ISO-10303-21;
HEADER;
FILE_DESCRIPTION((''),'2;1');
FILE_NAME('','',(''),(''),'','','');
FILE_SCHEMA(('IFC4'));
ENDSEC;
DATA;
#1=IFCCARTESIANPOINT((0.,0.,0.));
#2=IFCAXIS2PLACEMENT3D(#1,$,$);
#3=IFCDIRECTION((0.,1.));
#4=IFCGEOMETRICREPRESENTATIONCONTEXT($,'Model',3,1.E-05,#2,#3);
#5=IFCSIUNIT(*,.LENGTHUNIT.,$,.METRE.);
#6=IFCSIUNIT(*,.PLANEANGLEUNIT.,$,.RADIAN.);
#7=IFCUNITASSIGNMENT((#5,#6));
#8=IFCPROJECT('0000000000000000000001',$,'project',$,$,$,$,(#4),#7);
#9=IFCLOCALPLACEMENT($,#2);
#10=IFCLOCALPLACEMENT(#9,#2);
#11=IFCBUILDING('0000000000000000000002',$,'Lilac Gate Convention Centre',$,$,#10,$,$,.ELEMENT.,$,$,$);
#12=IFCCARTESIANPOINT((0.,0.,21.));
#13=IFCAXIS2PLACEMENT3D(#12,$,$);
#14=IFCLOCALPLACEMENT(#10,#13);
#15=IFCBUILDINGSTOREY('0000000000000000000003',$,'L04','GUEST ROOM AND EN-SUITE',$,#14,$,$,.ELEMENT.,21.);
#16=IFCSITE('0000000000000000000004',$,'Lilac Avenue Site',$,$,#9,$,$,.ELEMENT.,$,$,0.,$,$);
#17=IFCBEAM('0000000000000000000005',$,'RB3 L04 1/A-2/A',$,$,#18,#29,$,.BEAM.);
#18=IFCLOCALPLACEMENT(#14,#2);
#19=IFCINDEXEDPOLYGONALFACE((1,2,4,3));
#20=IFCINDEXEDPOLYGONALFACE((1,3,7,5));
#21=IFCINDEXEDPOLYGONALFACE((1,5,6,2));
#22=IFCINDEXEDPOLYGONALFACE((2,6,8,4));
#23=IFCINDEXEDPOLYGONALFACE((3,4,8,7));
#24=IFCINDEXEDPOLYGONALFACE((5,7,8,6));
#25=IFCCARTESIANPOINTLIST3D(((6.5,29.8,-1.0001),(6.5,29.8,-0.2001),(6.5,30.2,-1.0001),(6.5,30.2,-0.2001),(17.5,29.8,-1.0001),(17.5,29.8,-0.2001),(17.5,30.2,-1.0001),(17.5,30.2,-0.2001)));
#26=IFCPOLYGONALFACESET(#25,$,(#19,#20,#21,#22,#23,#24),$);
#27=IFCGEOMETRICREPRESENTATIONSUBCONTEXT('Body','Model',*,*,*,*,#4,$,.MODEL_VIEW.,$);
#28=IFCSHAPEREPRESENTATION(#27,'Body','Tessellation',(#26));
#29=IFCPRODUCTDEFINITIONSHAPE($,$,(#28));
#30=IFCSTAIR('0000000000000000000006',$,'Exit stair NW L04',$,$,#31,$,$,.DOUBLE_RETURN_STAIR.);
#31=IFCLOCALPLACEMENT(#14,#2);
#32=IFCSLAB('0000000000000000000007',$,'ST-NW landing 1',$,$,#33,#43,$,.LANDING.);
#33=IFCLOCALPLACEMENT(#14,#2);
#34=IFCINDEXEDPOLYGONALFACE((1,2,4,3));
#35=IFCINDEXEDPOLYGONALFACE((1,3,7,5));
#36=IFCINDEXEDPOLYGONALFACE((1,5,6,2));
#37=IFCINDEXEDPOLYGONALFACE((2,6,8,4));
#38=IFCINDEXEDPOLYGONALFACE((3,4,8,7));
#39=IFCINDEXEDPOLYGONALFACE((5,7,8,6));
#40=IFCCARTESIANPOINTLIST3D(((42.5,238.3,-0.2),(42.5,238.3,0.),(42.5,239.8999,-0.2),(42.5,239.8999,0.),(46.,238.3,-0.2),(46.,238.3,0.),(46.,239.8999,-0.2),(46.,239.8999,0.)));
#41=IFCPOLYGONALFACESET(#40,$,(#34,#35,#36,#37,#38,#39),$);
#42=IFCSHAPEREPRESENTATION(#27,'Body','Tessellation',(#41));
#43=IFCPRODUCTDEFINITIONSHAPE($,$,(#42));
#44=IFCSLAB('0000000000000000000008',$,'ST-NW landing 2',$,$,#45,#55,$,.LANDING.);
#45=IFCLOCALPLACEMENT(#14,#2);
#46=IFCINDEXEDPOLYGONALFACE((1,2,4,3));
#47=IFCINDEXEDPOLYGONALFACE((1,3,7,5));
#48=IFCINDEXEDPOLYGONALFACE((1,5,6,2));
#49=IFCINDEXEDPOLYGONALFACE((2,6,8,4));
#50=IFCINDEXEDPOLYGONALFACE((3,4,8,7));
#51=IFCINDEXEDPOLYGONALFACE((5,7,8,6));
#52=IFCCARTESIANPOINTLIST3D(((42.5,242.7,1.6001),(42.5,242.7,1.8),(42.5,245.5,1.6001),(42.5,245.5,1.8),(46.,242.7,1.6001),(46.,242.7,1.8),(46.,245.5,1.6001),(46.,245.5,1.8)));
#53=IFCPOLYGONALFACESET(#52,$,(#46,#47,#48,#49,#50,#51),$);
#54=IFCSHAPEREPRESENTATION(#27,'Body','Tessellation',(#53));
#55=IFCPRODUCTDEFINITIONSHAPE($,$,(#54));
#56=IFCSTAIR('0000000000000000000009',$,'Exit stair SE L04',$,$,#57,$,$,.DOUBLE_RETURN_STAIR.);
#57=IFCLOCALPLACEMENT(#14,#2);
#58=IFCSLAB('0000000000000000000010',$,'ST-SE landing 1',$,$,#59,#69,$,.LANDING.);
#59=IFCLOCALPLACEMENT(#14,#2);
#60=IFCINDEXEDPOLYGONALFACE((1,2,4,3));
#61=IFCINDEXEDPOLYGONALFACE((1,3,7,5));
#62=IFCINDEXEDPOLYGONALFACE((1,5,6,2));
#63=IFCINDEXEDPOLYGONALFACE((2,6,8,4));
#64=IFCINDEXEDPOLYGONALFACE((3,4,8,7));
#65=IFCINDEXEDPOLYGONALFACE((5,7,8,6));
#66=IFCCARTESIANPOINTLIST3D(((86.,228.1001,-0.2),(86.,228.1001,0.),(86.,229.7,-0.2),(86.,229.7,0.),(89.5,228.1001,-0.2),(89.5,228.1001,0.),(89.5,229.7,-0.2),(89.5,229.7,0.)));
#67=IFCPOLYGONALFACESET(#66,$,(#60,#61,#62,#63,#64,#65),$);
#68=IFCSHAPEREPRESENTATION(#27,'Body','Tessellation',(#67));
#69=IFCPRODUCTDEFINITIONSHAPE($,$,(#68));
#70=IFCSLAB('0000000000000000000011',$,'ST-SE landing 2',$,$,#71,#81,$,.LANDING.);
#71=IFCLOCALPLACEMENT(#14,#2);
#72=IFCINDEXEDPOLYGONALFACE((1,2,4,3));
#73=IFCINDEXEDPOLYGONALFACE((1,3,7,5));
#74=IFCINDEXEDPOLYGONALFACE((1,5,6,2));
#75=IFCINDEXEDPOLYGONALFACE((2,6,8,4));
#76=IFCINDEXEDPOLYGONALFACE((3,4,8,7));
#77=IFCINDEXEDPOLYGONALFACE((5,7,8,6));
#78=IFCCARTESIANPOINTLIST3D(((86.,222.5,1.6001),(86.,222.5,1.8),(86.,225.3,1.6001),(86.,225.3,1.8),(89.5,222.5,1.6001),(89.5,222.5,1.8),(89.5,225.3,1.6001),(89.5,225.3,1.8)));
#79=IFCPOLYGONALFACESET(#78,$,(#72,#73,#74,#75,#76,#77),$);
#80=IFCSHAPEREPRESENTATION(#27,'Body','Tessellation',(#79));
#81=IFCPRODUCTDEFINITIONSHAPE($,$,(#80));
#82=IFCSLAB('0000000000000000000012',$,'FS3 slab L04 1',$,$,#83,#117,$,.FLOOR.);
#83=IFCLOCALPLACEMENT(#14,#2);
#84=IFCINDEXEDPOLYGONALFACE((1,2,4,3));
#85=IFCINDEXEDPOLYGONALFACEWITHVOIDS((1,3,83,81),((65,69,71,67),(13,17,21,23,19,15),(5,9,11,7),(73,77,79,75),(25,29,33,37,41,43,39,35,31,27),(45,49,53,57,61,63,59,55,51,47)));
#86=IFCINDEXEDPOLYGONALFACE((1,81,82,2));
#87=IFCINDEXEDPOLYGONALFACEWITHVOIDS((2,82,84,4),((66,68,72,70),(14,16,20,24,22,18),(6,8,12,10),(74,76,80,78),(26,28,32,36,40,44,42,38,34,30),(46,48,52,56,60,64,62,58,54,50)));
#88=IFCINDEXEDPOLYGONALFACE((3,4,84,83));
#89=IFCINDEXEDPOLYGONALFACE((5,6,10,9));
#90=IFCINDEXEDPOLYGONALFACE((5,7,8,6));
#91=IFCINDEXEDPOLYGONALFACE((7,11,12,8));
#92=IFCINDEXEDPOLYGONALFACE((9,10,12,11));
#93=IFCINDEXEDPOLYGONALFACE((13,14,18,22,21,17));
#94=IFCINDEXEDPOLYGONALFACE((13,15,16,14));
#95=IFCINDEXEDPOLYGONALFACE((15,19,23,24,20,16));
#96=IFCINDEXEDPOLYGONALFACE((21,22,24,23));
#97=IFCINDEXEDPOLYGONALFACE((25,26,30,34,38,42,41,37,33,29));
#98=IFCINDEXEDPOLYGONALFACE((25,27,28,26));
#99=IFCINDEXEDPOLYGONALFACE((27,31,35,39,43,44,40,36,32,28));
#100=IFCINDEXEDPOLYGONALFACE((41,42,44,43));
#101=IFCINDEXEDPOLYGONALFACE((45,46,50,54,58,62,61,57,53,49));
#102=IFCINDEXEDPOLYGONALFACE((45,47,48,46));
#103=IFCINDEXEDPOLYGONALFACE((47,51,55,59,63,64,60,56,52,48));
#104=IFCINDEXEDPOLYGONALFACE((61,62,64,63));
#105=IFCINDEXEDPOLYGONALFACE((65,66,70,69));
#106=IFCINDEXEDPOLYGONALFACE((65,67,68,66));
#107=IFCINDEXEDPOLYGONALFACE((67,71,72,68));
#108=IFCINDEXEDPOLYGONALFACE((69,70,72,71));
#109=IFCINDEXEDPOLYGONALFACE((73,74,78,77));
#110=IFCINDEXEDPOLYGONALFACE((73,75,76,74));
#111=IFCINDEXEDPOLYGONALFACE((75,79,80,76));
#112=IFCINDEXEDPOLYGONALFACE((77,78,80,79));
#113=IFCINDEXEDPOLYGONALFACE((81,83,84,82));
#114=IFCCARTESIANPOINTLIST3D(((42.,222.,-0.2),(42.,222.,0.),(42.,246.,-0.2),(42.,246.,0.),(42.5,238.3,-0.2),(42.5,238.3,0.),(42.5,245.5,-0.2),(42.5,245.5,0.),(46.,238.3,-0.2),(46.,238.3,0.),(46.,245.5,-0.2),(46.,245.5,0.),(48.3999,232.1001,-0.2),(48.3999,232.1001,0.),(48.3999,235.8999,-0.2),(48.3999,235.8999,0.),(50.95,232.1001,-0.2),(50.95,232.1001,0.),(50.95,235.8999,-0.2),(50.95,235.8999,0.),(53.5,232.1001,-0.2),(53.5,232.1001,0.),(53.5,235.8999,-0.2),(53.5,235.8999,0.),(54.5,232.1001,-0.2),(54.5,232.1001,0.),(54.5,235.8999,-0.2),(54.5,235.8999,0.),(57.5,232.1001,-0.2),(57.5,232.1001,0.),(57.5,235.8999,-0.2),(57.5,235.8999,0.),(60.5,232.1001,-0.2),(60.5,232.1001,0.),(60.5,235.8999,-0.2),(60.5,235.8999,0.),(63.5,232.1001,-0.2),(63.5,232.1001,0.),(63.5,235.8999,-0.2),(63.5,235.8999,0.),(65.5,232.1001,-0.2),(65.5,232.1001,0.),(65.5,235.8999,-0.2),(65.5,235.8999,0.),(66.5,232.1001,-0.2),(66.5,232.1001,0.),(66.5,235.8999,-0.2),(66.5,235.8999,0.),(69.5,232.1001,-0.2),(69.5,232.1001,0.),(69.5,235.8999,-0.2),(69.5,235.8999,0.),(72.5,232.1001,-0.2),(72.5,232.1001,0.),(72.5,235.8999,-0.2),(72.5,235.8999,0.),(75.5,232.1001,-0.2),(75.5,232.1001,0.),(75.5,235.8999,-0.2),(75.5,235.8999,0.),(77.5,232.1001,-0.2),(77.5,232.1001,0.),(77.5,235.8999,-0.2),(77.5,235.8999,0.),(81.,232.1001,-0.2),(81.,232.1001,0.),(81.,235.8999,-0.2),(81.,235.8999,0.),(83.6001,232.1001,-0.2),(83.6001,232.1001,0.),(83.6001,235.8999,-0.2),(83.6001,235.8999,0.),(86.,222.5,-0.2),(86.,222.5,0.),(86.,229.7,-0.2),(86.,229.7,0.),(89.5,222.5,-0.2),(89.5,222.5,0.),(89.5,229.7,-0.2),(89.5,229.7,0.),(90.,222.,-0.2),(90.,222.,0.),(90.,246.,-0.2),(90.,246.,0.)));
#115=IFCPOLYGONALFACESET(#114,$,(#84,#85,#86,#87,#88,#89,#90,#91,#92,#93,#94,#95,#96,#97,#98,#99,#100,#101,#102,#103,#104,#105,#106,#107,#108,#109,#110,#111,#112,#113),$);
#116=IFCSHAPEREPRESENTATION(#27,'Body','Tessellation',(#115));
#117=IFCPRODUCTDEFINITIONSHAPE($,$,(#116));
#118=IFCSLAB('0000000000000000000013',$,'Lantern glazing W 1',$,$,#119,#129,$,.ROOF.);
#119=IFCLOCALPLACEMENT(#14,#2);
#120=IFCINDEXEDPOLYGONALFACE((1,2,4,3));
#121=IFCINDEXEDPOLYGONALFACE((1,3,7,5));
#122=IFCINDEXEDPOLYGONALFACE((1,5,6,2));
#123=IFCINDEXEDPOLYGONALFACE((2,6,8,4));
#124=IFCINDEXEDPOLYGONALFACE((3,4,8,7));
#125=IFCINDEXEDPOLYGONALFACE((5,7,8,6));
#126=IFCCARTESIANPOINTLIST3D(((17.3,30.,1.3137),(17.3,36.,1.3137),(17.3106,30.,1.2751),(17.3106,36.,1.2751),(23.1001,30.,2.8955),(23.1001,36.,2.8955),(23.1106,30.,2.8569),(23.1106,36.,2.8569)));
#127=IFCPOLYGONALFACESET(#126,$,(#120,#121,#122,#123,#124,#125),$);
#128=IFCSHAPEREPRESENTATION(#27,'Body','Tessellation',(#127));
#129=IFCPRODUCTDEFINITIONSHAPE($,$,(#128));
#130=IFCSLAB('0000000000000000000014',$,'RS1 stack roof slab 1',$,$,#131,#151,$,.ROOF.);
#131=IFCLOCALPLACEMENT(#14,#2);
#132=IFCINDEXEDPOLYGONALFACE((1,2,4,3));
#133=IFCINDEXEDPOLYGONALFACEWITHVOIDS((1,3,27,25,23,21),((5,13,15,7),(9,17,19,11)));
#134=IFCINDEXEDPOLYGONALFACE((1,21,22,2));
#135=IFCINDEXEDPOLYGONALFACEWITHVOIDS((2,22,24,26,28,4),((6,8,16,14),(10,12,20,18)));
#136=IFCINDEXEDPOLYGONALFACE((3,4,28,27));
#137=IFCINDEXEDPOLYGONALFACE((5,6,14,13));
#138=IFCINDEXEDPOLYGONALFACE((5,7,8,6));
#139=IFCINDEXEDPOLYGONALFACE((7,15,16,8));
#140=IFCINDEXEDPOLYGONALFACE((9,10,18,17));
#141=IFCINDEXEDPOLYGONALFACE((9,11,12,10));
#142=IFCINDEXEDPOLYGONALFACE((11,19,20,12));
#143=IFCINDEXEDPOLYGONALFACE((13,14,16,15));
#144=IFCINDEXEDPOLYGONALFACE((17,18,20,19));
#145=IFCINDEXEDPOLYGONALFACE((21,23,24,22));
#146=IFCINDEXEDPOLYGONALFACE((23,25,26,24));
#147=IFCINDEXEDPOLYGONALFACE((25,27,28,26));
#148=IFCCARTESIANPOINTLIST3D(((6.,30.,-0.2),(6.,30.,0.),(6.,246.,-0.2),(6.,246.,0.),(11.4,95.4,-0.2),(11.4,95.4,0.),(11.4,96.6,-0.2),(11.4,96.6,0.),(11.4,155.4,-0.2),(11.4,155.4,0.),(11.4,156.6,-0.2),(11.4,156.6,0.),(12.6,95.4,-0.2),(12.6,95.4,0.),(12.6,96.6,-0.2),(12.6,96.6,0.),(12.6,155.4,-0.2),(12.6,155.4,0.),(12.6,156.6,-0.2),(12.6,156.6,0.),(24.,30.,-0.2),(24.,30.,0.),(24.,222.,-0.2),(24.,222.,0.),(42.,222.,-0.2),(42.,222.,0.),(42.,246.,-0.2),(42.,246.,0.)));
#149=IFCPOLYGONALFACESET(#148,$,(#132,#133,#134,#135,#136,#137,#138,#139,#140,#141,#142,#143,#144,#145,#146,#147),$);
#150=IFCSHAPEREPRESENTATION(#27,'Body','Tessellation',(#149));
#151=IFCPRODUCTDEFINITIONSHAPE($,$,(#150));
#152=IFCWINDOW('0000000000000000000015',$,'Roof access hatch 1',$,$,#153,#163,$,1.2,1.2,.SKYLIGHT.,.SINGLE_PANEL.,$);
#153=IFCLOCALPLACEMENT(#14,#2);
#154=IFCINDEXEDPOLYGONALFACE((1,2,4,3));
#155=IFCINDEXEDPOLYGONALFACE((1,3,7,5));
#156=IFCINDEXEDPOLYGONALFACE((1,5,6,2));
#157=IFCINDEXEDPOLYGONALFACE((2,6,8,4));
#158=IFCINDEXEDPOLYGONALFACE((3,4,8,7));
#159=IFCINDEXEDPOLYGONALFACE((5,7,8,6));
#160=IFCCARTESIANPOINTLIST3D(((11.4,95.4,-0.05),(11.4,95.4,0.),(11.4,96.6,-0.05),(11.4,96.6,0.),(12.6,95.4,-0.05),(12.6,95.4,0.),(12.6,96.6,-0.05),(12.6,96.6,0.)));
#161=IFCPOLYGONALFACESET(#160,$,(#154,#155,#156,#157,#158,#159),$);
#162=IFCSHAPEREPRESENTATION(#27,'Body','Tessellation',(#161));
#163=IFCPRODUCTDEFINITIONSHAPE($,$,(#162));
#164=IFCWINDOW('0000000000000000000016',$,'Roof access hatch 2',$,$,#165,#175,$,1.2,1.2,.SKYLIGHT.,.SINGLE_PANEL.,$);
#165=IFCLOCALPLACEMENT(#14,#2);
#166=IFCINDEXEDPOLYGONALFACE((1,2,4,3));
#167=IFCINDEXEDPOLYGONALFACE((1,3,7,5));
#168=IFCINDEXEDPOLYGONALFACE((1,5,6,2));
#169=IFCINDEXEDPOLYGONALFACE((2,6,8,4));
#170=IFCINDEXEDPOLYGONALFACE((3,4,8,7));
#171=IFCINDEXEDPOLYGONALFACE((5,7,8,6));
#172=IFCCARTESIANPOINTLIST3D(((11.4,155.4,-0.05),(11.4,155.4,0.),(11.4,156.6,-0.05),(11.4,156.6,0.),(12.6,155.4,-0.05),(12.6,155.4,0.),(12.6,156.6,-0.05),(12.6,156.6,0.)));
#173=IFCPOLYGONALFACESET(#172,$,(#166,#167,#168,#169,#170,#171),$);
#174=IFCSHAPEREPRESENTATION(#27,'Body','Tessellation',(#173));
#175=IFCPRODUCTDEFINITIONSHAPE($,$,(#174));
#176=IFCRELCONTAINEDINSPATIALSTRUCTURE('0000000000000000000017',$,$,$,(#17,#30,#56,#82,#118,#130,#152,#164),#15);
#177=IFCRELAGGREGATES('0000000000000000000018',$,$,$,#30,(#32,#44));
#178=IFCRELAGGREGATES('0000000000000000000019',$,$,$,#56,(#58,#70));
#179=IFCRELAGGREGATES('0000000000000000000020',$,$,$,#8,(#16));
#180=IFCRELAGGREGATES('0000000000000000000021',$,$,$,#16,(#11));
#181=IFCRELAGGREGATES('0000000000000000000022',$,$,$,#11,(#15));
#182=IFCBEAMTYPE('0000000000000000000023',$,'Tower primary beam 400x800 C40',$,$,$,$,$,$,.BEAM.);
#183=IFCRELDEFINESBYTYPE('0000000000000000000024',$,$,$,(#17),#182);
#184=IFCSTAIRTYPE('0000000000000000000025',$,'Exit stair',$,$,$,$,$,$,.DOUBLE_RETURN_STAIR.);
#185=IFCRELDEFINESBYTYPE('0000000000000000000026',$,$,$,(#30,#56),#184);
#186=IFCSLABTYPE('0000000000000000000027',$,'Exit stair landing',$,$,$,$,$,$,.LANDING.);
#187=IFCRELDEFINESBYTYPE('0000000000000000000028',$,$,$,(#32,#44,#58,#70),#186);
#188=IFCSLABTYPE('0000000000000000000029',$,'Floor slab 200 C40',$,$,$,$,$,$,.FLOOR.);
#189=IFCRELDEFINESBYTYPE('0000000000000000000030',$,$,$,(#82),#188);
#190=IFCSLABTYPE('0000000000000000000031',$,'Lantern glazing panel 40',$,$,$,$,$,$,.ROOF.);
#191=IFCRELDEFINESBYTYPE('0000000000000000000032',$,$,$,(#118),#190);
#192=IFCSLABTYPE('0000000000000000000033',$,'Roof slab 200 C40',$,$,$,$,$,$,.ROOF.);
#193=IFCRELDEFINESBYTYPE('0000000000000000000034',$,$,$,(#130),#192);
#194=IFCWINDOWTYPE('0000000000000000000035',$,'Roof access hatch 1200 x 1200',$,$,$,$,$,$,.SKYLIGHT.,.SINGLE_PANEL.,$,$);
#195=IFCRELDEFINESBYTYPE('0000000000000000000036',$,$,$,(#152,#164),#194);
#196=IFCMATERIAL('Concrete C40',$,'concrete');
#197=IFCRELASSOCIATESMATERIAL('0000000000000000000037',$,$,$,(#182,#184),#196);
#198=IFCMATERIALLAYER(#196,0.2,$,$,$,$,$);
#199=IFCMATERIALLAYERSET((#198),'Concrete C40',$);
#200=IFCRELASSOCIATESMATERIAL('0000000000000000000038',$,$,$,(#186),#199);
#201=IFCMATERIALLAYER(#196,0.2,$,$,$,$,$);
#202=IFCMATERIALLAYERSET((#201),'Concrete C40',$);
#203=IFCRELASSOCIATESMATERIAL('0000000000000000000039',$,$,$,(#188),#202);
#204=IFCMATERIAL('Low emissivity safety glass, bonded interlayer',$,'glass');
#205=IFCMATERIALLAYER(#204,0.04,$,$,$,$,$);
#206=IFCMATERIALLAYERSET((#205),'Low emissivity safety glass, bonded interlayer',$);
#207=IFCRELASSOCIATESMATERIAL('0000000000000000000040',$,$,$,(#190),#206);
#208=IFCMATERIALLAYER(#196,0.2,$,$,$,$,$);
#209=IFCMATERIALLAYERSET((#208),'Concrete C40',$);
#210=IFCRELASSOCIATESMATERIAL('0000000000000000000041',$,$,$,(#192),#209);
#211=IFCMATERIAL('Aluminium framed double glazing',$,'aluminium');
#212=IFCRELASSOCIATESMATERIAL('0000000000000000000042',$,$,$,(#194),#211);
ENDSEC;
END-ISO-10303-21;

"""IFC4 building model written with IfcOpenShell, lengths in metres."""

from ifc_helpers import new_model, si_unit, direction, frame, origin, origin_2d, place, context, subcontext, project, spatial, polyline, rectangle, outline, extrude, material, layer, layer_set, material_profile, profile_set, type_object, element, fill, aggregate, save


model = new_model("IFC4")

# Units and contexts
model_context = context("Model", 3, precision=1e-05, world=origin(), true_north=direction((0.0, 1.0)))
body_context = subcontext(model_context, "Body", "Model", "MODEL_VIEW")
ifc_project = project(units=[si_unit("LENGTHUNIT", "METRE"), si_unit("PLANEANGLEUNIT", "RADIAN")], contexts=[model_context])

# Site, building, storey
site_placement = place(None, origin())
site = spatial("IfcSite", under=ifc_project, at=site_placement, Name="Lilac Avenue Site", CompositionType="ELEMENT", RefElevation=0.0)
building_placement = place(site_placement, origin())
building = spatial("IfcBuilding", under=site, at=building_placement, Name="Lilac Gate Convention Centre", CompositionType="ELEMENT")
storey_placement = place(building_placement, frame((0.0, 0.0, 21.0)))
storey = spatial("IfcBuildingStorey", under=building, at=storey_placement, Name="L04", Description="GUEST ROOM AND EN-SUITE", CompositionType="ELEMENT", Elevation=21.0)

# Beam
ifc_material_1 = material(Name="Concrete C40", Category="concrete")
ifc_material_profile_1 = material_profile(ifc_material_1, rectangle(XDim=0.3999, YDim=0.8, at=origin_2d()), Name="RC 400x800")
ifc_profile_set_1 = profile_set([ifc_material_profile_1], Name="Concrete C40")
beam_type_1 = type_object("IfcBeamType", Name="Tower primary beam 400x800 C40", PredefinedType="BEAM", material=ifc_profile_set_1)
beam_1_placement = place(storey_placement, frame((6.5, 30.0, -0.6001), z_axis=(1.0, 0.0, 0.0), x_axis=(0.0, 1.0, 0.0)))
element("IfcBeam", 1, at=beam_1_placement, inside=storey, type_object=beam_type_1, Name="RB3 L04 1/A-2/A", PredefinedType="BEAM", context=body_context, shape_type="SweptSolid", body=[
    extrude(rectangle(XDim=0.3999, YDim=0.8, at=origin_2d()), origin(), (0.0, 0.0, 1.0), 11.0),
])

# Stairs, slabs
stair_type = type_object("IfcStairType", Name="Exit stair", PredefinedType="DOUBLE_RETURN_STAIR", material=ifc_material_1)
stair_1_placement = place(storey_placement, origin())
stair_1 = element("IfcStair", 2, at=stair_1_placement, inside=storey, type_object=stair_type, Name="Exit stair NW L04", PredefinedType="DOUBLE_RETURN_STAIR")
ifc_layer_1 = layer(ifc_material_1, 0.2)
ifc_layer_set_1 = layer_set([ifc_layer_1], Name="Concrete C40")
slab_type_1 = type_object("IfcSlabType", Name="Exit stair landing", PredefinedType="LANDING", material=ifc_layer_set_1)
slab_1_placement = place(storey_placement, frame((0.0, 0.0, -0.2)))
slab_1 = element("IfcSlab", 3, at=slab_1_placement, type_object=slab_type_1, Name="ST-NW landing 1", PredefinedType="LANDING", context=body_context, shape_type="SweptSolid", body=[
    extrude(outline(polyline([(42.5, 238.3), (46.0, 238.3), (46.0, 239.8999), (42.5, 239.8999), (42.5, 238.3)])), origin(), (0.0, 0.0, 1.0), 0.2),
])
slab_2_placement = place(storey_placement, frame((0.0, 0.0, 1.6001)))
slab_2 = element("IfcSlab", 4, at=slab_2_placement, type_object=slab_type_1, Name="ST-NW landing 2", PredefinedType="LANDING", context=body_context, shape_type="SweptSolid", body=[
    extrude(outline(polyline([(42.5, 242.7), (46.0, 242.7), (46.0, 245.5), (42.5, 245.5), (42.5, 242.7)])), origin(), (0.0, 0.0, 1.0), 0.2),
])
aggregate(stair_1, [slab_1, slab_2])
stair_2_placement = place(storey_placement, origin())
stair_2 = element("IfcStair", 5, at=stair_2_placement, inside=storey, type_object=stair_type, Name="Exit stair SE L04", PredefinedType="DOUBLE_RETURN_STAIR")
slab_3_placement = place(storey_placement, frame((0.0, 0.0, -0.2)))
slab_3 = element("IfcSlab", 6, at=slab_3_placement, type_object=slab_type_1, Name="ST-SE landing 1", PredefinedType="LANDING", context=body_context, shape_type="SweptSolid", body=[
    extrude(outline(polyline([(86.0, 228.1001), (89.5, 228.1001), (89.5, 229.7), (86.0, 229.7), (86.0, 228.1001)])), origin(), (0.0, 0.0, 1.0), 0.2),
])
slab_4_placement = place(storey_placement, frame((0.0, 0.0, 1.6001)))
slab_4 = element("IfcSlab", 7, at=slab_4_placement, type_object=slab_type_1, Name="ST-SE landing 2", PredefinedType="LANDING", context=body_context, shape_type="SweptSolid", body=[
    extrude(outline(polyline([(86.0, 222.5), (89.5, 222.5), (89.5, 225.3), (86.0, 225.3), (86.0, 222.5)])), origin(), (0.0, 0.0, 1.0), 0.2),
])
aggregate(stair_2, [slab_3, slab_4])

# Slabs
ifc_layer_2 = layer(ifc_material_1, 0.2)
ifc_layer_set_2 = layer_set([ifc_layer_2], Name="Concrete C40")
slab_type_2 = type_object("IfcSlabType", Name="Floor slab 200 C40", PredefinedType="FLOOR", material=ifc_layer_set_2)
slab_5_placement = place(storey_placement, frame((0.0, 0.0, -0.2)))
element("IfcSlab", 8, at=slab_5_placement, inside=storey, type_object=slab_type_2, Name="FS3 slab L04 1", PredefinedType="FLOOR", context=body_context, shape_type="SweptSolid", body=[
    extrude(outline(polyline([(42.0, 222.0), (42.0, 246.0), (90.0, 246.0), (90.0, 222.0), (42.0, 222.0)]), holes=[polyline([(48.3999, 235.8999), (48.3999, 232.1001), (50.95, 232.1001), (53.5, 232.1001), (53.5, 235.8999), (50.95, 235.8999), (48.3999, 235.8999)]), polyline([(57.5, 235.8999), (54.5, 235.8999), (54.5, 232.1001), (57.5, 232.1001), (60.5, 232.1001), (63.5, 232.1001), (65.5, 232.1001), (65.5, 235.8999), (63.5, 235.8999), (60.5, 235.8999), (57.5, 235.8999)]), polyline([(42.5, 245.5), (42.5, 238.3), (46.0, 238.3), (46.0, 245.5), (42.5, 245.5)]), polyline([(89.5, 229.7), (86.0, 229.7), (86.0, 222.5), (89.5, 222.5), (89.5, 229.7)]), polyline([(69.5, 235.8999), (66.5, 235.8999), (66.5, 232.1001), (69.5, 232.1001), (72.5, 232.1001), (75.5, 232.1001), (77.5, 232.1001), (77.5, 235.8999), (75.5, 235.8999), (72.5, 235.8999), (69.5, 235.8999)]), polyline([(83.6001, 235.8999), (81.0, 235.8999), (81.0, 232.1001), (83.6001, 232.1001), (83.6001, 235.8999)])]), origin(), (0.0, 0.0, 1.0), 0.2),
])
ifc_material_2 = material(Name="Low emissivity safety glass, bonded interlayer", Category="glass")
ifc_layer_3 = layer(ifc_material_2, 0.04)
ifc_layer_set_3 = layer_set([ifc_layer_3], Name="Low emissivity safety glass, bonded interlayer")
slab_type_3 = type_object("IfcSlabType", Name="Lantern glazing panel 40", PredefinedType="ROOF", material=ifc_layer_set_3)
slab_6_placement = place(storey_placement, frame((17.3, 30.0, 1.3137), z_axis=(-0.263111, 0.0, 0.964766), x_axis=(0.964766, 0.0, 0.263111)))
element("IfcSlab", 9, at=slab_6_placement, inside=storey, type_object=slab_type_3, Name="Lantern glazing W 1", PredefinedType="ROOF", context=body_context, shape_type="SweptSolid", body=[
    extrude(outline(polyline([(0.0, 0.0), (6.0119, 0.0), (6.0119, 6.0), (0.0, 6.0), (0.0, 0.0)])), origin(), (0.0, 0.0, -1.0), 0.04),
])

# Slab, openings, windows
ifc_layer_4 = layer(ifc_material_1, 0.2)
ifc_layer_set_4 = layer_set([ifc_layer_4], Name="Concrete C40")
slab_type_4 = type_object("IfcSlabType", Name="Roof slab 200 C40", PredefinedType="ROOF", material=ifc_layer_set_4)
slab_7_placement = place(storey_placement, frame((0.0, 0.0, -0.2)))
slab_7 = element("IfcSlab", 10, at=slab_7_placement, inside=storey, type_object=slab_type_4, Name="RS1 stack roof slab 1", PredefinedType="ROOF", context=body_context, shape_type="SweptSolid", body=[
    extrude(outline(polyline([(6.0, 30.0), (6.0, 222.0), (6.0, 246.0), (42.0, 246.0), (42.0, 222.0), (24.0, 222.0), (24.0, 30.0), (18.0, 30.0), (6.0, 30.0)])), origin(), (0.0, 0.0, 1.0), 0.2),
])
opening_1_placement = place(slab_7_placement, frame((12.0, 96.0, 0.0)))
opening_1 = element("IfcOpeningElement", 11, at=opening_1_placement, cuts=slab_7, PredefinedType="OPENING", context=body_context, shape_type="SweptSolid", body=[
    extrude(rectangle(XDim=1.2, YDim=1.2, at=origin_2d()), origin(), (0.0, 0.0, 1.0), 0.2),
])
opening_2_placement = place(slab_7_placement, frame((12.0, 156.0, 0.0)))
opening_2 = element("IfcOpeningElement", 12, at=opening_2_placement, cuts=slab_7, PredefinedType="OPENING", context=body_context, shape_type="SweptSolid", body=[
    extrude(rectangle(XDim=1.2, YDim=1.2, at=origin_2d()), origin(), (0.0, 0.0, 1.0), 0.2),
])
ifc_material_3 = material(Name="Aluminium framed double glazing", Category="aluminium")
window_type = type_object("IfcWindowType", Name="Roof access hatch 1200 x 1200", PartitioningType="SINGLE_PANEL", PredefinedType="SKYLIGHT", material=ifc_material_3)
window_1_placement = place(opening_1_placement, frame((0.0, 0.0, 0.1499)))
window_1 = element("IfcWindow", 13, at=window_1_placement, inside=storey, type_object=window_type, Name="Roof access hatch 1", OverallHeight=1.2, OverallWidth=1.2, PartitioningType="SINGLE_PANEL", PredefinedType="SKYLIGHT", context=body_context, shape_type="SweptSolid", body=[
    extrude(rectangle(XDim=1.2, YDim=1.2, at=origin_2d()), origin(), (0.0, 0.0, 1.0), 0.05),
])
fill(opening_1, window_1)
window_2_placement = place(opening_2_placement, frame((0.0, 0.0, 0.1499)))
window_2 = element("IfcWindow", 14, at=window_2_placement, inside=storey, type_object=window_type, Name="Roof access hatch 2", OverallHeight=1.2, OverallWidth=1.2, PartitioningType="SINGLE_PANEL", PredefinedType="SKYLIGHT", context=body_context, shape_type="SweptSolid", body=[
    extrude(rectangle(XDim=1.2, YDim=1.2, at=origin_2d()), origin(), (0.0, 0.0, 1.0), 0.05),
])
fill(opening_2, window_2)

save(model, "model.ifc")
